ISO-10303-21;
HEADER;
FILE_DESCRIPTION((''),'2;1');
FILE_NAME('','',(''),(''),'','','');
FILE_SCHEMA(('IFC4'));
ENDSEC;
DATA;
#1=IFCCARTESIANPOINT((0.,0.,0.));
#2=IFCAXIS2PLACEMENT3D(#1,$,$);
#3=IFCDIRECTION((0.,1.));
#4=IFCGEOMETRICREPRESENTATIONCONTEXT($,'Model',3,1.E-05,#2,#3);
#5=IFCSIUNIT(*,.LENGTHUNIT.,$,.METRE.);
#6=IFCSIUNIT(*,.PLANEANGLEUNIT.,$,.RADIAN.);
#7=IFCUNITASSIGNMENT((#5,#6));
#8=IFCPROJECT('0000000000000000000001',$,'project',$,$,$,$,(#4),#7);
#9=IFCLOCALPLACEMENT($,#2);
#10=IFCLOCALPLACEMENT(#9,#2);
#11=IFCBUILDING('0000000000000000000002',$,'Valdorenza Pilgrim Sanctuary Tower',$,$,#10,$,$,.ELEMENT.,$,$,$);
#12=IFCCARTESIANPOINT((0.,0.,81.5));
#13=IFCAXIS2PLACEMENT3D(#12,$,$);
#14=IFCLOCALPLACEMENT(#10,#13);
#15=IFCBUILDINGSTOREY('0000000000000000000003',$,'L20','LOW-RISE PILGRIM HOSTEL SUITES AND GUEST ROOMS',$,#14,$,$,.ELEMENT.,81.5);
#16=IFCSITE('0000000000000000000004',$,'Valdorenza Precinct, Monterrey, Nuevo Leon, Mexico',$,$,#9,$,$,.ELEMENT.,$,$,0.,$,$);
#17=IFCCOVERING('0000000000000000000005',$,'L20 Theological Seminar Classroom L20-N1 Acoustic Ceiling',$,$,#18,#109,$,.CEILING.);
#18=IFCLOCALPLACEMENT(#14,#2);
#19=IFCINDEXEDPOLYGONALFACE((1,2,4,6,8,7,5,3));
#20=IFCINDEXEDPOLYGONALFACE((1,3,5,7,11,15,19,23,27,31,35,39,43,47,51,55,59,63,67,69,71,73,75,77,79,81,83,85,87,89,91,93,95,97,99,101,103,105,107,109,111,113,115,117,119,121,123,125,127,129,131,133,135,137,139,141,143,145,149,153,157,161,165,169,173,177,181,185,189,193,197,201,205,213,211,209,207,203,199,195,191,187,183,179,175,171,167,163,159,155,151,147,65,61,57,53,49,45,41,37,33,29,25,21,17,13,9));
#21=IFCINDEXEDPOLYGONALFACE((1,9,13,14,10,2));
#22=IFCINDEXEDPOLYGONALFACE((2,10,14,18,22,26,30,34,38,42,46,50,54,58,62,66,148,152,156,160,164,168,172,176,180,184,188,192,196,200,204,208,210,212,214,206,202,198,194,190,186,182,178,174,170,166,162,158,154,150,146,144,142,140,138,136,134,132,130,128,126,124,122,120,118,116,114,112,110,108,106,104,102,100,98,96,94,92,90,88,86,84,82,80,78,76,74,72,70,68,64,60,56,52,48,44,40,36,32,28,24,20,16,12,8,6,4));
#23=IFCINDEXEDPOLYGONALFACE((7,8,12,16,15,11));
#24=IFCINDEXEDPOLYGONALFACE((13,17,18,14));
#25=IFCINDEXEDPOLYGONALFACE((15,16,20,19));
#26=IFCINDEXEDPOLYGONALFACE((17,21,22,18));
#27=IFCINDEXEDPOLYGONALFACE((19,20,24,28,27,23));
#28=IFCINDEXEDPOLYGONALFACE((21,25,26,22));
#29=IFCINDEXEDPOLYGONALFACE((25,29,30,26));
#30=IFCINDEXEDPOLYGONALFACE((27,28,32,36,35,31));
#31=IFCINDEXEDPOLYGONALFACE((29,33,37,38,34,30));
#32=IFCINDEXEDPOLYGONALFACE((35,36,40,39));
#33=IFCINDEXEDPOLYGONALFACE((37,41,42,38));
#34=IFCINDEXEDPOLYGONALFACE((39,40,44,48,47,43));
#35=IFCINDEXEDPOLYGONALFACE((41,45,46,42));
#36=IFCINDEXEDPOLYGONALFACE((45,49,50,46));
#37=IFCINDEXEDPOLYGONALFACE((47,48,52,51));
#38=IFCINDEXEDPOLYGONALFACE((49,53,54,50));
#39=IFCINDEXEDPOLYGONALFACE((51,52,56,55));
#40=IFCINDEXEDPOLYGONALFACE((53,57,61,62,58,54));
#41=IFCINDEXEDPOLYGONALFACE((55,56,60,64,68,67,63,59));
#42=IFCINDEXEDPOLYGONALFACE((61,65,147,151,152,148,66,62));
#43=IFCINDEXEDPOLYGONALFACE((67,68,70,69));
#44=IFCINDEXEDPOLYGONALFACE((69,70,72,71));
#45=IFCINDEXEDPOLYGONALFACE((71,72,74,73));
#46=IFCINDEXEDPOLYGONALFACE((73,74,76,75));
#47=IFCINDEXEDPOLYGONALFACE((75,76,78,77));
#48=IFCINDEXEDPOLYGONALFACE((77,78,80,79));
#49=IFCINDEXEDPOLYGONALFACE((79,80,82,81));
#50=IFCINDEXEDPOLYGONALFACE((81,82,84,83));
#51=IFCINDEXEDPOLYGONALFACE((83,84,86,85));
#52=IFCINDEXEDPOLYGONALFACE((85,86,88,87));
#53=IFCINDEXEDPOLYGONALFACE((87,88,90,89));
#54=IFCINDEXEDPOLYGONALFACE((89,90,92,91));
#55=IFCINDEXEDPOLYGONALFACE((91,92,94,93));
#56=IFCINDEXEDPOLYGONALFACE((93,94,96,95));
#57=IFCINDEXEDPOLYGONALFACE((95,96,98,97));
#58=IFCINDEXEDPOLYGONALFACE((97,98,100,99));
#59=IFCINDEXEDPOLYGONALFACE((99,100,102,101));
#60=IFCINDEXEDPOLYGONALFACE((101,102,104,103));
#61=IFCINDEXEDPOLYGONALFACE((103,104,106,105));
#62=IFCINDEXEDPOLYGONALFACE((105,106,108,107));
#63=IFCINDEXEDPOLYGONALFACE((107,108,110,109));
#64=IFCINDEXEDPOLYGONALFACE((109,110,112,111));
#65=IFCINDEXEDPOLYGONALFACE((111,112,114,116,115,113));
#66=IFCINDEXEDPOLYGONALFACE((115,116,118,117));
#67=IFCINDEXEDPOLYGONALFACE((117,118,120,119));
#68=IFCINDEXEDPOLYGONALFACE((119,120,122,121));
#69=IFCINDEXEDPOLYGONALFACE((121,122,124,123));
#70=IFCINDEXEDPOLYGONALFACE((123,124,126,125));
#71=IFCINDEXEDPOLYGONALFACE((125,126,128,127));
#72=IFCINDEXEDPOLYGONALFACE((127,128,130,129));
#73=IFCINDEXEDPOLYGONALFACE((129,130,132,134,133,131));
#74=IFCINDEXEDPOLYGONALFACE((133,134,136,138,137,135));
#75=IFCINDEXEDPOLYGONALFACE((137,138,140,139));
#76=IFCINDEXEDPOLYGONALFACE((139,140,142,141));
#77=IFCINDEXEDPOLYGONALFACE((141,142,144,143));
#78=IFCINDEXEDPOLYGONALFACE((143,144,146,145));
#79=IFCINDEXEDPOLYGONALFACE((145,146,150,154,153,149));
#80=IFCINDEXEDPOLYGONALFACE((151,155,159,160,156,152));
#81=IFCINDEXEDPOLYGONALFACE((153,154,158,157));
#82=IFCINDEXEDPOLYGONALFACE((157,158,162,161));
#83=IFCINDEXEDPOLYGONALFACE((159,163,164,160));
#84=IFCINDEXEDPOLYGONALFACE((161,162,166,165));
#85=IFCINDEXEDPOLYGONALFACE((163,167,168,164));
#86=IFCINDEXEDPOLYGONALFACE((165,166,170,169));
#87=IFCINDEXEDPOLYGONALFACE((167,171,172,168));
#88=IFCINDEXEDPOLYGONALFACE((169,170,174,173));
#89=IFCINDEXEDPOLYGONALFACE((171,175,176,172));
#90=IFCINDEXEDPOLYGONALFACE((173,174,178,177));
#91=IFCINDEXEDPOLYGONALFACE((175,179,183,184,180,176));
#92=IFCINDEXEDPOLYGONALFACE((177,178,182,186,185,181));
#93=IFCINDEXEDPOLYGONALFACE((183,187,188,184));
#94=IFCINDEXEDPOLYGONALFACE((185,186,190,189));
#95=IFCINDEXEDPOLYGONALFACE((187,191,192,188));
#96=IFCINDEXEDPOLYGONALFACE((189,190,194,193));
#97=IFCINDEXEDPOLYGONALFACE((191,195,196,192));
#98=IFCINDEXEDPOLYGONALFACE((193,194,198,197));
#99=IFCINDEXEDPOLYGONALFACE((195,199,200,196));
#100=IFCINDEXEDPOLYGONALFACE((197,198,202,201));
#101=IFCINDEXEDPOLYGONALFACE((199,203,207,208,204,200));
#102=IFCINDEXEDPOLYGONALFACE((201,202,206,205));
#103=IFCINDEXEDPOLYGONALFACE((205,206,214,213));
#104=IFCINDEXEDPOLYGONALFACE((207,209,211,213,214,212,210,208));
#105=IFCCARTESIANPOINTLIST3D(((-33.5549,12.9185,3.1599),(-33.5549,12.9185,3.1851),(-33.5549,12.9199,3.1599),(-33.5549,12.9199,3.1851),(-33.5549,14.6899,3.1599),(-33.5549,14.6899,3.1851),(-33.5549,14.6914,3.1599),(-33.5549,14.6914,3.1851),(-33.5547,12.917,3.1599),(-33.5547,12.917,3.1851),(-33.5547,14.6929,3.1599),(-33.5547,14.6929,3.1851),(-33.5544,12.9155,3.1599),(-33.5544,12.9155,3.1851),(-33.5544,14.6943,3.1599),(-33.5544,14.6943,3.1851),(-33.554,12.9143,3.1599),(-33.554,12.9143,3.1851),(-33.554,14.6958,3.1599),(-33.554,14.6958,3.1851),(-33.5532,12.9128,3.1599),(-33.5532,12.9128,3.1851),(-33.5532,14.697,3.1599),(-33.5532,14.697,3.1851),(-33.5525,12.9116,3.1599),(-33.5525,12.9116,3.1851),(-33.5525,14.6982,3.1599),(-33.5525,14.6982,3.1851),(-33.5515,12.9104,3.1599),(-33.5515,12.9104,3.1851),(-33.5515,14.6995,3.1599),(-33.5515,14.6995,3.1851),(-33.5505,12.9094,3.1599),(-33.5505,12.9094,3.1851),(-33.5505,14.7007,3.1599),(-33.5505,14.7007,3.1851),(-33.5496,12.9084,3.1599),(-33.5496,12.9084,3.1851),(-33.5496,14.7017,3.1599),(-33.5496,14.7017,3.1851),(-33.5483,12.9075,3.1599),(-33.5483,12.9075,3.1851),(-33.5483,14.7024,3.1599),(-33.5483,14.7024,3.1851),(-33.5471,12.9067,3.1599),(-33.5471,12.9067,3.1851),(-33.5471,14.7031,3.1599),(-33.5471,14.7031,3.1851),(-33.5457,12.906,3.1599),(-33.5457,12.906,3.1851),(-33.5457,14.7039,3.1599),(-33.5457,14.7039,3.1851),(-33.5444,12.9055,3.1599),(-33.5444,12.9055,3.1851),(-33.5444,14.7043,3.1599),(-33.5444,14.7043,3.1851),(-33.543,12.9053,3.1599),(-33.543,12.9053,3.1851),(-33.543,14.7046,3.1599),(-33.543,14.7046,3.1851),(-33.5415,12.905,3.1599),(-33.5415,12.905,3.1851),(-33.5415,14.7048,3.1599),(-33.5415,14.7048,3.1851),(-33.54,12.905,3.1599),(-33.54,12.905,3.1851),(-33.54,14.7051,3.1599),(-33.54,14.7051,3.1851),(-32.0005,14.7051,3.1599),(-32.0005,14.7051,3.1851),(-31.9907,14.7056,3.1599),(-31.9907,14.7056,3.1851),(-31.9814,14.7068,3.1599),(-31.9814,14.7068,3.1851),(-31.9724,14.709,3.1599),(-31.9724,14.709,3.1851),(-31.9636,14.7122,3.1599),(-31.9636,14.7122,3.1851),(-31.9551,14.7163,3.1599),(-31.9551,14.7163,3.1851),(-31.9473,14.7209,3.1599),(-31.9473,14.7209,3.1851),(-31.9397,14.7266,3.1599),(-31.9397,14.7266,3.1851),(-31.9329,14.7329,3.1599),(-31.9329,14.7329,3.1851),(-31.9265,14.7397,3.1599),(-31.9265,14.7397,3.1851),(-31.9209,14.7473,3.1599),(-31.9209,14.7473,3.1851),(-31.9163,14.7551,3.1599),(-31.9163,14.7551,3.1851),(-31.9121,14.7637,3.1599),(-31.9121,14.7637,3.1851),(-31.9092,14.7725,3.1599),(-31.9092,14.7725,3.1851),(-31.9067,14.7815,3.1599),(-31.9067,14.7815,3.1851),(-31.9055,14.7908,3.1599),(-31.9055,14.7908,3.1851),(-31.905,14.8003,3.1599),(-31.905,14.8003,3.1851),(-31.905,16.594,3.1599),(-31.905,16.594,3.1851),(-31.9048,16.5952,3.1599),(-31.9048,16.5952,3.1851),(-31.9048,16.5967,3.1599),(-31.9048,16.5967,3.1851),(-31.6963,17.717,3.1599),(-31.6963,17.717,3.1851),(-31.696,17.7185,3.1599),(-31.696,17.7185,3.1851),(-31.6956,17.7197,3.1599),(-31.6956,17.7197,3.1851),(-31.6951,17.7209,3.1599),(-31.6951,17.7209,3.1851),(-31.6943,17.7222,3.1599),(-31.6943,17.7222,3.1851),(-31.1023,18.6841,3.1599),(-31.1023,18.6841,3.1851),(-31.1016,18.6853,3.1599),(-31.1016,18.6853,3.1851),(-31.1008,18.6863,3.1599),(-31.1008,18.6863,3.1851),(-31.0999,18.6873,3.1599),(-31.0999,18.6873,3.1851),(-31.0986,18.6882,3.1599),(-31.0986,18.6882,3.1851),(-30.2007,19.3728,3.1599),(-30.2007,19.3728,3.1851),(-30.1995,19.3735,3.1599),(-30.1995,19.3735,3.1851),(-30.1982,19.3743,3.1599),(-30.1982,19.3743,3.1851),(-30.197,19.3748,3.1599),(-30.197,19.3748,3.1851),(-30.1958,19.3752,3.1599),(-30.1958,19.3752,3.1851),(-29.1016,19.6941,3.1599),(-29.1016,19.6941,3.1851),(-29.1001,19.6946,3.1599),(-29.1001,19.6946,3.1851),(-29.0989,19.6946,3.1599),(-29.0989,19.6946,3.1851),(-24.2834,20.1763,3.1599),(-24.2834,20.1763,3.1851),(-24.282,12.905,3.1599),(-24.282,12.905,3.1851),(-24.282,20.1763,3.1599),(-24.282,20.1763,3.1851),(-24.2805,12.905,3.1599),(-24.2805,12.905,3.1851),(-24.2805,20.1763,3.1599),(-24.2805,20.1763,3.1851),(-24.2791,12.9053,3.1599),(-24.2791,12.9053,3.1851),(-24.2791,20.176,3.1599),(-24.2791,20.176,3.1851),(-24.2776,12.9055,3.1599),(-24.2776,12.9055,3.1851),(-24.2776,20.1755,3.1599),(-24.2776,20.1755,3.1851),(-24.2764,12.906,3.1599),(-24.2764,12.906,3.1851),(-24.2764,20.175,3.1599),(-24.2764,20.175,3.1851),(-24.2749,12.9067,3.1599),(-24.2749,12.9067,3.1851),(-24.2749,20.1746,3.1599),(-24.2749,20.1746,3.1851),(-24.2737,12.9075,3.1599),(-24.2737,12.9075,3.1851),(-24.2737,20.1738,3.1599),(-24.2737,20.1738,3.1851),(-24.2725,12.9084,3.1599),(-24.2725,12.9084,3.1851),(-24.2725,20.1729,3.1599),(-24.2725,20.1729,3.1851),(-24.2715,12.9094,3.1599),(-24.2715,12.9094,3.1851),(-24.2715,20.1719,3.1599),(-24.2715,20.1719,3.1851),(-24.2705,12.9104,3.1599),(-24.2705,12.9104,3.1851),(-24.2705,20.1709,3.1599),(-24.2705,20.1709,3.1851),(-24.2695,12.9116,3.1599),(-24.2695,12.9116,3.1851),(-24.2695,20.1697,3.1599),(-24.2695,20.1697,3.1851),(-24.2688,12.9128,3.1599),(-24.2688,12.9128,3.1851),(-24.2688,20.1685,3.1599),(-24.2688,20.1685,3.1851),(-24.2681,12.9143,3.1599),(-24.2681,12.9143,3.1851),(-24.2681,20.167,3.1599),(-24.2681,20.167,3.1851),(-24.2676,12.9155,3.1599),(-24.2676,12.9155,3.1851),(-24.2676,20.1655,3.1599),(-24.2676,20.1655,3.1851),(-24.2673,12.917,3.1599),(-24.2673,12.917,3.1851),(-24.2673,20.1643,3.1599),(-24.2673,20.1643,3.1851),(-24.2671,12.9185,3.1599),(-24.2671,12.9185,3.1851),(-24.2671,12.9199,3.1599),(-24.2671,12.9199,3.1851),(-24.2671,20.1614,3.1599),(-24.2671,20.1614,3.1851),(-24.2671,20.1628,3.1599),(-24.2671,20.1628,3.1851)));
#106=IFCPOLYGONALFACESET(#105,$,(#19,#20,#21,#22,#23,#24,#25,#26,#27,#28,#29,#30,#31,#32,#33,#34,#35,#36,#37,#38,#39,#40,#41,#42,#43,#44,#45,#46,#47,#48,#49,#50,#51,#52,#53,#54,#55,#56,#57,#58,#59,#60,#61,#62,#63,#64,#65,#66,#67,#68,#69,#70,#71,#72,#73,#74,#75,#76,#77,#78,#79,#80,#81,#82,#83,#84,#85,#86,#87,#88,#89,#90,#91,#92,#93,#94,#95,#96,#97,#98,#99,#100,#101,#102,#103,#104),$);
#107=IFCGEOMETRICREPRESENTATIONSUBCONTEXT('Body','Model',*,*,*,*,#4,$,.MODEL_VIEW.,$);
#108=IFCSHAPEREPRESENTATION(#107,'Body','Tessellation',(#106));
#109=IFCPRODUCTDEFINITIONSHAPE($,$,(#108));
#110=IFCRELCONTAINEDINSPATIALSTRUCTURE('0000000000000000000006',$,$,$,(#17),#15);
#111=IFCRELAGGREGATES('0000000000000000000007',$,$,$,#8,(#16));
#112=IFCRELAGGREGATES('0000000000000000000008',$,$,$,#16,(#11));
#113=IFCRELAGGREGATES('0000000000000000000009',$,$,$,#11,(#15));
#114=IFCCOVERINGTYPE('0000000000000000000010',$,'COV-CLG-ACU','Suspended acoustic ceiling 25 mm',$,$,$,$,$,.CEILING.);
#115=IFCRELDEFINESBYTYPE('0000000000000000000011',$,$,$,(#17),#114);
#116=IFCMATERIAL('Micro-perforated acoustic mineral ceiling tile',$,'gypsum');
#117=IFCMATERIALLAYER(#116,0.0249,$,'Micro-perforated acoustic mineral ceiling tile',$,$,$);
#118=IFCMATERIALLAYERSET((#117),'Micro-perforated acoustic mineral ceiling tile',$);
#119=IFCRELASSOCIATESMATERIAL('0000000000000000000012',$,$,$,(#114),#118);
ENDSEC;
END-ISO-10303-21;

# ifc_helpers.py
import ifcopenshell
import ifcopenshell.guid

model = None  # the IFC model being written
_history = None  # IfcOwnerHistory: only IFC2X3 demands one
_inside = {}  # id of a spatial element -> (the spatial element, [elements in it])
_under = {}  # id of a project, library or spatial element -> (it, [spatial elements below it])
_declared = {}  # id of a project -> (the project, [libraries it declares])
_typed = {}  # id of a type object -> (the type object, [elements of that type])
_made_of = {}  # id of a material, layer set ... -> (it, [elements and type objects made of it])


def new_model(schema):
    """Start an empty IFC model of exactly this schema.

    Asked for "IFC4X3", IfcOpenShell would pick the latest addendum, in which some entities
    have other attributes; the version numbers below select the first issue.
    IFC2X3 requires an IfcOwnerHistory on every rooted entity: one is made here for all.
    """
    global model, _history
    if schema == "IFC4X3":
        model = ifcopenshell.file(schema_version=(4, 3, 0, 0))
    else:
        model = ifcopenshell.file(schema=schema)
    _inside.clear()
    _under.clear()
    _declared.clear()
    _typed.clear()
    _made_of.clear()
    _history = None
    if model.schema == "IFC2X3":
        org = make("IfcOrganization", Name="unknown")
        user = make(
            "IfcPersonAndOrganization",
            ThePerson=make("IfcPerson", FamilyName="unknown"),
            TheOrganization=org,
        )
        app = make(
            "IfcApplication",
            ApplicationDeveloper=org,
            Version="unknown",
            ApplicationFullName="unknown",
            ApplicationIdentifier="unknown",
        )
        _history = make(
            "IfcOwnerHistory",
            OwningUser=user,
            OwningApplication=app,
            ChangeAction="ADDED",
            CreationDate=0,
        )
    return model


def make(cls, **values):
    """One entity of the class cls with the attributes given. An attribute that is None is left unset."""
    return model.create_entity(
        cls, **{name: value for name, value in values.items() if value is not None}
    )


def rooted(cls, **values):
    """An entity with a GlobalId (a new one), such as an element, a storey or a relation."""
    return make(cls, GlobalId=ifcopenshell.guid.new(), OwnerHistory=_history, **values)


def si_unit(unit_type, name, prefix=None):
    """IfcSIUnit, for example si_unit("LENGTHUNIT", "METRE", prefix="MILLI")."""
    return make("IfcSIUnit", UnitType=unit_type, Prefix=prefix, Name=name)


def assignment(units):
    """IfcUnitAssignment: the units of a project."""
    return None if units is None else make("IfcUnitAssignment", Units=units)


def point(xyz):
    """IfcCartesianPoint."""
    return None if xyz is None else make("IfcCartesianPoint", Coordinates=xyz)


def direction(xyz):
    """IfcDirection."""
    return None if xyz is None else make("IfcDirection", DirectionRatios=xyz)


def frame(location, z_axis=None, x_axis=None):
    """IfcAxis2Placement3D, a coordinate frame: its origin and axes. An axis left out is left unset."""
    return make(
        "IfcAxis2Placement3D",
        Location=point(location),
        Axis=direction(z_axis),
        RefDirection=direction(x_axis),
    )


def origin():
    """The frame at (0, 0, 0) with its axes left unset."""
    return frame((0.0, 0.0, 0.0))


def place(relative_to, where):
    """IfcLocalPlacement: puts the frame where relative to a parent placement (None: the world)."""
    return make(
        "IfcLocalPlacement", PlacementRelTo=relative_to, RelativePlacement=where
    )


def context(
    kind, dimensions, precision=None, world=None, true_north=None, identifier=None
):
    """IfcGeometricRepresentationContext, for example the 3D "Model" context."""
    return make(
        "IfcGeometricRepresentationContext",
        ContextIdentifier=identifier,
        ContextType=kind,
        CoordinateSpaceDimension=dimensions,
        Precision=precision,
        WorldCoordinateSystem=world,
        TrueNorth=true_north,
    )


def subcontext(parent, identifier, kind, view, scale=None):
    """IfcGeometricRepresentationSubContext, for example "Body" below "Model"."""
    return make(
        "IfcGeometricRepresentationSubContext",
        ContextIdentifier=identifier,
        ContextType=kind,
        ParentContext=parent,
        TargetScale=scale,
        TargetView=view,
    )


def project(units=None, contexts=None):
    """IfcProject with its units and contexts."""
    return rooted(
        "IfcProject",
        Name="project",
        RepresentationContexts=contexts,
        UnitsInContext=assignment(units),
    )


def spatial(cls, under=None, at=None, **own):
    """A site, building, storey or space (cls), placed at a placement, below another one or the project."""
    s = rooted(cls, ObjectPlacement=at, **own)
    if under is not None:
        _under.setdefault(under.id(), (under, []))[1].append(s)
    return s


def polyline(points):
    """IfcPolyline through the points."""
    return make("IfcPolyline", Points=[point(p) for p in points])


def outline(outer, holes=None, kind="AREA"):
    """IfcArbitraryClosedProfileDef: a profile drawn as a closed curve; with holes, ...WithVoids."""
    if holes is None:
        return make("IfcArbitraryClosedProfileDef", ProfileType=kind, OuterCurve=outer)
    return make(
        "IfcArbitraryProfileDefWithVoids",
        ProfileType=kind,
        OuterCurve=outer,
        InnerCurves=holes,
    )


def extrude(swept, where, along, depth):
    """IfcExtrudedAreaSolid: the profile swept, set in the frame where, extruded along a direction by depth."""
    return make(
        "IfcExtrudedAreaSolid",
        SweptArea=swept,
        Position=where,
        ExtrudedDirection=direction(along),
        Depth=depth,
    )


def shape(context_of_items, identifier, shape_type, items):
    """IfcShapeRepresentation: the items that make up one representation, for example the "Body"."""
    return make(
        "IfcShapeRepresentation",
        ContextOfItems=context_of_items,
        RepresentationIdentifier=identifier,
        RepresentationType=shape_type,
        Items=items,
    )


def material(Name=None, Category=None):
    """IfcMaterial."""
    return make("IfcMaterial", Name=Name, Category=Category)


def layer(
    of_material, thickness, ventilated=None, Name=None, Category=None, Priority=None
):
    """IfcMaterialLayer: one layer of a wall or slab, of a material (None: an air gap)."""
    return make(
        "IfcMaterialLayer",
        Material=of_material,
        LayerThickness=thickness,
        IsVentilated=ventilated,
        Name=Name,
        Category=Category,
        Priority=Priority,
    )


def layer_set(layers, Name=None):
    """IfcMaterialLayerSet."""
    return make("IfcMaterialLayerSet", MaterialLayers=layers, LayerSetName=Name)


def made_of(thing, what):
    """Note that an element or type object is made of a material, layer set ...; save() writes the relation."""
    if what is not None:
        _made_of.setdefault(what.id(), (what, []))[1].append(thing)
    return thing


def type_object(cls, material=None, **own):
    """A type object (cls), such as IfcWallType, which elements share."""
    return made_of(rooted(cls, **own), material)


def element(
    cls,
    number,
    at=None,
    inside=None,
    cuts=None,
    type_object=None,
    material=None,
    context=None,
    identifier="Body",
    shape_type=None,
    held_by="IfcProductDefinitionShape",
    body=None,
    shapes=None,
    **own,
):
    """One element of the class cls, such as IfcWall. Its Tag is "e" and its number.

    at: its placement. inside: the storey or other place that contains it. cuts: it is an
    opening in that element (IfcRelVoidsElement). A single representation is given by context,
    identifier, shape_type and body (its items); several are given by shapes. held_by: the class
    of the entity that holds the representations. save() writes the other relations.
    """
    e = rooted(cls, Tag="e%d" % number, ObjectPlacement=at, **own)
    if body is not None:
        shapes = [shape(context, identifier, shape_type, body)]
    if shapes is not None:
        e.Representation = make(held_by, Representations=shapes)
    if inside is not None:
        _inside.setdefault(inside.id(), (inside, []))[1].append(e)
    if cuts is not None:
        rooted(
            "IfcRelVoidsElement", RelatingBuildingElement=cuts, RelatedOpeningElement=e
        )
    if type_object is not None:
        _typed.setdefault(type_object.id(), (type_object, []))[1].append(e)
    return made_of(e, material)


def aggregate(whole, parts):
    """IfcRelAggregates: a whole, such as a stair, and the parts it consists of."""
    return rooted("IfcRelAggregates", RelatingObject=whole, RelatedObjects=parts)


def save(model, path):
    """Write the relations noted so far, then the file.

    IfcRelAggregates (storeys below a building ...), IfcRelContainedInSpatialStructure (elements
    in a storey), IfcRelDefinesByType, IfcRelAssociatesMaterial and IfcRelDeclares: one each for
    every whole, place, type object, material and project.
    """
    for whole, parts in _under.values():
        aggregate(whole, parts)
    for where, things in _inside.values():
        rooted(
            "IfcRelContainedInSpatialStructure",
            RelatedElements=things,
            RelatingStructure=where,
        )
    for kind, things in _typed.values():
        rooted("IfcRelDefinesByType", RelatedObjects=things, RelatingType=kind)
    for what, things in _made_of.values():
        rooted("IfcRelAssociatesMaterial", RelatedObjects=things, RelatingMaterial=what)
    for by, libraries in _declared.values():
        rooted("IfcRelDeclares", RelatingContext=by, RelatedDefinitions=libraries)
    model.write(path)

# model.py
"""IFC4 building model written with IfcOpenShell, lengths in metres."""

from ifc_helpers import new_model, si_unit, direction, frame, origin, place, context, subcontext, project, spatial, polyline, outline, extrude, material, layer, layer_set, type_object, element, save


model = new_model("IFC4")

# Units and contexts
model_context = context("Model", 3, precision=1e-05, world=origin(), true_north=direction((0.0, 1.0)))
body_context = subcontext(model_context, "Body", "Model", "MODEL_VIEW")
ifc_project = project(units=[si_unit("LENGTHUNIT", "METRE"), si_unit("PLANEANGLEUNIT", "RADIAN")], contexts=[model_context])

# Site, building, storey
site_placement = place(None, origin())
site = spatial("IfcSite", under=ifc_project, at=site_placement, Name="Valdorenza Precinct, Monterrey, Nuevo Leon, Mexico", CompositionType="ELEMENT", RefElevation=0.0)
building_placement = place(site_placement, origin())
building = spatial("IfcBuilding", under=site, at=building_placement, Name="Valdorenza Pilgrim Sanctuary Tower", CompositionType="ELEMENT")
storey_placement = place(building_placement, frame((0.0, 0.0, 81.5)))
storey = spatial("IfcBuildingStorey", under=building, at=storey_placement, Name="L20", Description="LOW-RISE PILGRIM HOSTEL SUITES AND GUEST ROOMS", CompositionType="ELEMENT", Elevation=81.5)

# Covering
ifc_material_1 = material(Name="Micro-perforated acoustic mineral ceiling tile", Category="gypsum")
ifc_layer_1 = layer(ifc_material_1, 0.0249, Name="Micro-perforated acoustic mineral ceiling tile")
ifc_layer_set_1 = layer_set([ifc_layer_1], Name="Micro-perforated acoustic mineral ceiling tile")
covering_type_1 = type_object("IfcCoveringType", Name="COV-CLG-ACU", Description="Suspended acoustic ceiling 25 mm", PredefinedType="CEILING", material=ifc_layer_set_1)
covering_1_placement = place(storey_placement, frame((0.0, 0.0, 3.1599)))
element("IfcCovering", 1, at=covering_1_placement, inside=storey, type_object=covering_type_1, Name="L20 Theological Seminar Classroom L20-N1 Acoustic Ceiling", PredefinedType="CEILING", context=body_context, shape_type="SweptSolid", body=[
    extrude(outline(polyline([(-33.54, 12.905), (-33.5415, 12.905), (-33.543, 12.9053), (-33.5444, 12.9055), (-33.5457, 12.906), (-33.5471, 12.9067), (-33.5483, 12.9075), (-33.5496, 12.9084), (-33.5505, 12.9094), (-33.5515, 12.9104), (-33.5525, 12.9116), (-33.5532, 12.9128), (-33.554, 12.9143), (-33.5544, 12.9155), (-33.5547, 12.917), (-33.5549, 12.9185), (-33.5549, 12.9199), (-33.5549, 14.6899), (-33.5549, 14.6914), (-33.5547, 14.6929), (-33.5544, 14.6943), (-33.554, 14.6958), (-33.5532, 14.697), (-33.5525, 14.6982), (-33.5515, 14.6995), (-33.5505, 14.7007), (-33.5496, 14.7017), (-33.5483, 14.7024), (-33.5471, 14.7031), (-33.5457, 14.7039), (-33.5444, 14.7043), (-33.543, 14.7046), (-33.5415, 14.7048), (-33.54, 14.7051), (-32.0005, 14.7051), (-31.9907, 14.7056), (-31.9814, 14.7068), (-31.9724, 14.709), (-31.9636, 14.7122), (-31.9551, 14.7163), (-31.9473, 14.7209), (-31.9397, 14.7266), (-31.9329, 14.7329), (-31.9265, 14.7397), (-31.9209, 14.7473), (-31.9163, 14.7551), (-31.9121, 14.7637), (-31.9092, 14.7725), (-31.9067, 14.7815), (-31.9055, 14.7908), (-31.905, 14.8003), (-31.905, 16.594), (-31.9048, 16.5952), (-31.9048, 16.5967), (-31.6963, 17.717), (-31.696, 17.7185), (-31.6956, 17.7197), (-31.6951, 17.7209), (-31.6943, 17.7222), (-31.1023, 18.6841), (-31.1016, 18.6853), (-31.1008, 18.6863), (-31.0999, 18.6873), (-31.0986, 18.6882), (-30.2007, 19.3728), (-30.1995, 19.3735), (-30.1982, 19.3743), (-30.197, 19.3748), (-30.1958, 19.3752), (-29.1016, 19.6941), (-29.1001, 19.6946), (-29.0989, 19.6946), (-24.2834, 20.1763), (-24.282, 20.1763), (-24.2805, 20.1763), (-24.2791, 20.176), (-24.2776, 20.1755), (-24.2764, 20.175), (-24.2749, 20.1746), (-24.2737, 20.1738), (-24.2725, 20.1729), (-24.2715, 20.1719), (-24.2705, 20.1709), (-24.2695, 20.1697), (-24.2688, 20.1685), (-24.2681, 20.167), (-24.2676, 20.1655), (-24.2673, 20.1643), (-24.2671, 20.1628), (-24.2671, 20.1614), (-24.2671, 12.9199), (-24.2671, 12.9185), (-24.2673, 12.917), (-24.2676, 12.9155), (-24.2681, 12.9143), (-24.2688, 12.9128), (-24.2695, 12.9116), (-24.2705, 12.9104), (-24.2715, 12.9094), (-24.2725, 12.9084), (-24.2737, 12.9075), (-24.2749, 12.9067), (-24.2764, 12.906), (-24.2776, 12.9055), (-24.2791, 12.9053), (-24.2805, 12.905), (-24.282, 12.905), (-33.54, 12.905)])), origin(), (0.0, 0.0, 1.0), 0.0251),
])

save(model, "model.ifc")
